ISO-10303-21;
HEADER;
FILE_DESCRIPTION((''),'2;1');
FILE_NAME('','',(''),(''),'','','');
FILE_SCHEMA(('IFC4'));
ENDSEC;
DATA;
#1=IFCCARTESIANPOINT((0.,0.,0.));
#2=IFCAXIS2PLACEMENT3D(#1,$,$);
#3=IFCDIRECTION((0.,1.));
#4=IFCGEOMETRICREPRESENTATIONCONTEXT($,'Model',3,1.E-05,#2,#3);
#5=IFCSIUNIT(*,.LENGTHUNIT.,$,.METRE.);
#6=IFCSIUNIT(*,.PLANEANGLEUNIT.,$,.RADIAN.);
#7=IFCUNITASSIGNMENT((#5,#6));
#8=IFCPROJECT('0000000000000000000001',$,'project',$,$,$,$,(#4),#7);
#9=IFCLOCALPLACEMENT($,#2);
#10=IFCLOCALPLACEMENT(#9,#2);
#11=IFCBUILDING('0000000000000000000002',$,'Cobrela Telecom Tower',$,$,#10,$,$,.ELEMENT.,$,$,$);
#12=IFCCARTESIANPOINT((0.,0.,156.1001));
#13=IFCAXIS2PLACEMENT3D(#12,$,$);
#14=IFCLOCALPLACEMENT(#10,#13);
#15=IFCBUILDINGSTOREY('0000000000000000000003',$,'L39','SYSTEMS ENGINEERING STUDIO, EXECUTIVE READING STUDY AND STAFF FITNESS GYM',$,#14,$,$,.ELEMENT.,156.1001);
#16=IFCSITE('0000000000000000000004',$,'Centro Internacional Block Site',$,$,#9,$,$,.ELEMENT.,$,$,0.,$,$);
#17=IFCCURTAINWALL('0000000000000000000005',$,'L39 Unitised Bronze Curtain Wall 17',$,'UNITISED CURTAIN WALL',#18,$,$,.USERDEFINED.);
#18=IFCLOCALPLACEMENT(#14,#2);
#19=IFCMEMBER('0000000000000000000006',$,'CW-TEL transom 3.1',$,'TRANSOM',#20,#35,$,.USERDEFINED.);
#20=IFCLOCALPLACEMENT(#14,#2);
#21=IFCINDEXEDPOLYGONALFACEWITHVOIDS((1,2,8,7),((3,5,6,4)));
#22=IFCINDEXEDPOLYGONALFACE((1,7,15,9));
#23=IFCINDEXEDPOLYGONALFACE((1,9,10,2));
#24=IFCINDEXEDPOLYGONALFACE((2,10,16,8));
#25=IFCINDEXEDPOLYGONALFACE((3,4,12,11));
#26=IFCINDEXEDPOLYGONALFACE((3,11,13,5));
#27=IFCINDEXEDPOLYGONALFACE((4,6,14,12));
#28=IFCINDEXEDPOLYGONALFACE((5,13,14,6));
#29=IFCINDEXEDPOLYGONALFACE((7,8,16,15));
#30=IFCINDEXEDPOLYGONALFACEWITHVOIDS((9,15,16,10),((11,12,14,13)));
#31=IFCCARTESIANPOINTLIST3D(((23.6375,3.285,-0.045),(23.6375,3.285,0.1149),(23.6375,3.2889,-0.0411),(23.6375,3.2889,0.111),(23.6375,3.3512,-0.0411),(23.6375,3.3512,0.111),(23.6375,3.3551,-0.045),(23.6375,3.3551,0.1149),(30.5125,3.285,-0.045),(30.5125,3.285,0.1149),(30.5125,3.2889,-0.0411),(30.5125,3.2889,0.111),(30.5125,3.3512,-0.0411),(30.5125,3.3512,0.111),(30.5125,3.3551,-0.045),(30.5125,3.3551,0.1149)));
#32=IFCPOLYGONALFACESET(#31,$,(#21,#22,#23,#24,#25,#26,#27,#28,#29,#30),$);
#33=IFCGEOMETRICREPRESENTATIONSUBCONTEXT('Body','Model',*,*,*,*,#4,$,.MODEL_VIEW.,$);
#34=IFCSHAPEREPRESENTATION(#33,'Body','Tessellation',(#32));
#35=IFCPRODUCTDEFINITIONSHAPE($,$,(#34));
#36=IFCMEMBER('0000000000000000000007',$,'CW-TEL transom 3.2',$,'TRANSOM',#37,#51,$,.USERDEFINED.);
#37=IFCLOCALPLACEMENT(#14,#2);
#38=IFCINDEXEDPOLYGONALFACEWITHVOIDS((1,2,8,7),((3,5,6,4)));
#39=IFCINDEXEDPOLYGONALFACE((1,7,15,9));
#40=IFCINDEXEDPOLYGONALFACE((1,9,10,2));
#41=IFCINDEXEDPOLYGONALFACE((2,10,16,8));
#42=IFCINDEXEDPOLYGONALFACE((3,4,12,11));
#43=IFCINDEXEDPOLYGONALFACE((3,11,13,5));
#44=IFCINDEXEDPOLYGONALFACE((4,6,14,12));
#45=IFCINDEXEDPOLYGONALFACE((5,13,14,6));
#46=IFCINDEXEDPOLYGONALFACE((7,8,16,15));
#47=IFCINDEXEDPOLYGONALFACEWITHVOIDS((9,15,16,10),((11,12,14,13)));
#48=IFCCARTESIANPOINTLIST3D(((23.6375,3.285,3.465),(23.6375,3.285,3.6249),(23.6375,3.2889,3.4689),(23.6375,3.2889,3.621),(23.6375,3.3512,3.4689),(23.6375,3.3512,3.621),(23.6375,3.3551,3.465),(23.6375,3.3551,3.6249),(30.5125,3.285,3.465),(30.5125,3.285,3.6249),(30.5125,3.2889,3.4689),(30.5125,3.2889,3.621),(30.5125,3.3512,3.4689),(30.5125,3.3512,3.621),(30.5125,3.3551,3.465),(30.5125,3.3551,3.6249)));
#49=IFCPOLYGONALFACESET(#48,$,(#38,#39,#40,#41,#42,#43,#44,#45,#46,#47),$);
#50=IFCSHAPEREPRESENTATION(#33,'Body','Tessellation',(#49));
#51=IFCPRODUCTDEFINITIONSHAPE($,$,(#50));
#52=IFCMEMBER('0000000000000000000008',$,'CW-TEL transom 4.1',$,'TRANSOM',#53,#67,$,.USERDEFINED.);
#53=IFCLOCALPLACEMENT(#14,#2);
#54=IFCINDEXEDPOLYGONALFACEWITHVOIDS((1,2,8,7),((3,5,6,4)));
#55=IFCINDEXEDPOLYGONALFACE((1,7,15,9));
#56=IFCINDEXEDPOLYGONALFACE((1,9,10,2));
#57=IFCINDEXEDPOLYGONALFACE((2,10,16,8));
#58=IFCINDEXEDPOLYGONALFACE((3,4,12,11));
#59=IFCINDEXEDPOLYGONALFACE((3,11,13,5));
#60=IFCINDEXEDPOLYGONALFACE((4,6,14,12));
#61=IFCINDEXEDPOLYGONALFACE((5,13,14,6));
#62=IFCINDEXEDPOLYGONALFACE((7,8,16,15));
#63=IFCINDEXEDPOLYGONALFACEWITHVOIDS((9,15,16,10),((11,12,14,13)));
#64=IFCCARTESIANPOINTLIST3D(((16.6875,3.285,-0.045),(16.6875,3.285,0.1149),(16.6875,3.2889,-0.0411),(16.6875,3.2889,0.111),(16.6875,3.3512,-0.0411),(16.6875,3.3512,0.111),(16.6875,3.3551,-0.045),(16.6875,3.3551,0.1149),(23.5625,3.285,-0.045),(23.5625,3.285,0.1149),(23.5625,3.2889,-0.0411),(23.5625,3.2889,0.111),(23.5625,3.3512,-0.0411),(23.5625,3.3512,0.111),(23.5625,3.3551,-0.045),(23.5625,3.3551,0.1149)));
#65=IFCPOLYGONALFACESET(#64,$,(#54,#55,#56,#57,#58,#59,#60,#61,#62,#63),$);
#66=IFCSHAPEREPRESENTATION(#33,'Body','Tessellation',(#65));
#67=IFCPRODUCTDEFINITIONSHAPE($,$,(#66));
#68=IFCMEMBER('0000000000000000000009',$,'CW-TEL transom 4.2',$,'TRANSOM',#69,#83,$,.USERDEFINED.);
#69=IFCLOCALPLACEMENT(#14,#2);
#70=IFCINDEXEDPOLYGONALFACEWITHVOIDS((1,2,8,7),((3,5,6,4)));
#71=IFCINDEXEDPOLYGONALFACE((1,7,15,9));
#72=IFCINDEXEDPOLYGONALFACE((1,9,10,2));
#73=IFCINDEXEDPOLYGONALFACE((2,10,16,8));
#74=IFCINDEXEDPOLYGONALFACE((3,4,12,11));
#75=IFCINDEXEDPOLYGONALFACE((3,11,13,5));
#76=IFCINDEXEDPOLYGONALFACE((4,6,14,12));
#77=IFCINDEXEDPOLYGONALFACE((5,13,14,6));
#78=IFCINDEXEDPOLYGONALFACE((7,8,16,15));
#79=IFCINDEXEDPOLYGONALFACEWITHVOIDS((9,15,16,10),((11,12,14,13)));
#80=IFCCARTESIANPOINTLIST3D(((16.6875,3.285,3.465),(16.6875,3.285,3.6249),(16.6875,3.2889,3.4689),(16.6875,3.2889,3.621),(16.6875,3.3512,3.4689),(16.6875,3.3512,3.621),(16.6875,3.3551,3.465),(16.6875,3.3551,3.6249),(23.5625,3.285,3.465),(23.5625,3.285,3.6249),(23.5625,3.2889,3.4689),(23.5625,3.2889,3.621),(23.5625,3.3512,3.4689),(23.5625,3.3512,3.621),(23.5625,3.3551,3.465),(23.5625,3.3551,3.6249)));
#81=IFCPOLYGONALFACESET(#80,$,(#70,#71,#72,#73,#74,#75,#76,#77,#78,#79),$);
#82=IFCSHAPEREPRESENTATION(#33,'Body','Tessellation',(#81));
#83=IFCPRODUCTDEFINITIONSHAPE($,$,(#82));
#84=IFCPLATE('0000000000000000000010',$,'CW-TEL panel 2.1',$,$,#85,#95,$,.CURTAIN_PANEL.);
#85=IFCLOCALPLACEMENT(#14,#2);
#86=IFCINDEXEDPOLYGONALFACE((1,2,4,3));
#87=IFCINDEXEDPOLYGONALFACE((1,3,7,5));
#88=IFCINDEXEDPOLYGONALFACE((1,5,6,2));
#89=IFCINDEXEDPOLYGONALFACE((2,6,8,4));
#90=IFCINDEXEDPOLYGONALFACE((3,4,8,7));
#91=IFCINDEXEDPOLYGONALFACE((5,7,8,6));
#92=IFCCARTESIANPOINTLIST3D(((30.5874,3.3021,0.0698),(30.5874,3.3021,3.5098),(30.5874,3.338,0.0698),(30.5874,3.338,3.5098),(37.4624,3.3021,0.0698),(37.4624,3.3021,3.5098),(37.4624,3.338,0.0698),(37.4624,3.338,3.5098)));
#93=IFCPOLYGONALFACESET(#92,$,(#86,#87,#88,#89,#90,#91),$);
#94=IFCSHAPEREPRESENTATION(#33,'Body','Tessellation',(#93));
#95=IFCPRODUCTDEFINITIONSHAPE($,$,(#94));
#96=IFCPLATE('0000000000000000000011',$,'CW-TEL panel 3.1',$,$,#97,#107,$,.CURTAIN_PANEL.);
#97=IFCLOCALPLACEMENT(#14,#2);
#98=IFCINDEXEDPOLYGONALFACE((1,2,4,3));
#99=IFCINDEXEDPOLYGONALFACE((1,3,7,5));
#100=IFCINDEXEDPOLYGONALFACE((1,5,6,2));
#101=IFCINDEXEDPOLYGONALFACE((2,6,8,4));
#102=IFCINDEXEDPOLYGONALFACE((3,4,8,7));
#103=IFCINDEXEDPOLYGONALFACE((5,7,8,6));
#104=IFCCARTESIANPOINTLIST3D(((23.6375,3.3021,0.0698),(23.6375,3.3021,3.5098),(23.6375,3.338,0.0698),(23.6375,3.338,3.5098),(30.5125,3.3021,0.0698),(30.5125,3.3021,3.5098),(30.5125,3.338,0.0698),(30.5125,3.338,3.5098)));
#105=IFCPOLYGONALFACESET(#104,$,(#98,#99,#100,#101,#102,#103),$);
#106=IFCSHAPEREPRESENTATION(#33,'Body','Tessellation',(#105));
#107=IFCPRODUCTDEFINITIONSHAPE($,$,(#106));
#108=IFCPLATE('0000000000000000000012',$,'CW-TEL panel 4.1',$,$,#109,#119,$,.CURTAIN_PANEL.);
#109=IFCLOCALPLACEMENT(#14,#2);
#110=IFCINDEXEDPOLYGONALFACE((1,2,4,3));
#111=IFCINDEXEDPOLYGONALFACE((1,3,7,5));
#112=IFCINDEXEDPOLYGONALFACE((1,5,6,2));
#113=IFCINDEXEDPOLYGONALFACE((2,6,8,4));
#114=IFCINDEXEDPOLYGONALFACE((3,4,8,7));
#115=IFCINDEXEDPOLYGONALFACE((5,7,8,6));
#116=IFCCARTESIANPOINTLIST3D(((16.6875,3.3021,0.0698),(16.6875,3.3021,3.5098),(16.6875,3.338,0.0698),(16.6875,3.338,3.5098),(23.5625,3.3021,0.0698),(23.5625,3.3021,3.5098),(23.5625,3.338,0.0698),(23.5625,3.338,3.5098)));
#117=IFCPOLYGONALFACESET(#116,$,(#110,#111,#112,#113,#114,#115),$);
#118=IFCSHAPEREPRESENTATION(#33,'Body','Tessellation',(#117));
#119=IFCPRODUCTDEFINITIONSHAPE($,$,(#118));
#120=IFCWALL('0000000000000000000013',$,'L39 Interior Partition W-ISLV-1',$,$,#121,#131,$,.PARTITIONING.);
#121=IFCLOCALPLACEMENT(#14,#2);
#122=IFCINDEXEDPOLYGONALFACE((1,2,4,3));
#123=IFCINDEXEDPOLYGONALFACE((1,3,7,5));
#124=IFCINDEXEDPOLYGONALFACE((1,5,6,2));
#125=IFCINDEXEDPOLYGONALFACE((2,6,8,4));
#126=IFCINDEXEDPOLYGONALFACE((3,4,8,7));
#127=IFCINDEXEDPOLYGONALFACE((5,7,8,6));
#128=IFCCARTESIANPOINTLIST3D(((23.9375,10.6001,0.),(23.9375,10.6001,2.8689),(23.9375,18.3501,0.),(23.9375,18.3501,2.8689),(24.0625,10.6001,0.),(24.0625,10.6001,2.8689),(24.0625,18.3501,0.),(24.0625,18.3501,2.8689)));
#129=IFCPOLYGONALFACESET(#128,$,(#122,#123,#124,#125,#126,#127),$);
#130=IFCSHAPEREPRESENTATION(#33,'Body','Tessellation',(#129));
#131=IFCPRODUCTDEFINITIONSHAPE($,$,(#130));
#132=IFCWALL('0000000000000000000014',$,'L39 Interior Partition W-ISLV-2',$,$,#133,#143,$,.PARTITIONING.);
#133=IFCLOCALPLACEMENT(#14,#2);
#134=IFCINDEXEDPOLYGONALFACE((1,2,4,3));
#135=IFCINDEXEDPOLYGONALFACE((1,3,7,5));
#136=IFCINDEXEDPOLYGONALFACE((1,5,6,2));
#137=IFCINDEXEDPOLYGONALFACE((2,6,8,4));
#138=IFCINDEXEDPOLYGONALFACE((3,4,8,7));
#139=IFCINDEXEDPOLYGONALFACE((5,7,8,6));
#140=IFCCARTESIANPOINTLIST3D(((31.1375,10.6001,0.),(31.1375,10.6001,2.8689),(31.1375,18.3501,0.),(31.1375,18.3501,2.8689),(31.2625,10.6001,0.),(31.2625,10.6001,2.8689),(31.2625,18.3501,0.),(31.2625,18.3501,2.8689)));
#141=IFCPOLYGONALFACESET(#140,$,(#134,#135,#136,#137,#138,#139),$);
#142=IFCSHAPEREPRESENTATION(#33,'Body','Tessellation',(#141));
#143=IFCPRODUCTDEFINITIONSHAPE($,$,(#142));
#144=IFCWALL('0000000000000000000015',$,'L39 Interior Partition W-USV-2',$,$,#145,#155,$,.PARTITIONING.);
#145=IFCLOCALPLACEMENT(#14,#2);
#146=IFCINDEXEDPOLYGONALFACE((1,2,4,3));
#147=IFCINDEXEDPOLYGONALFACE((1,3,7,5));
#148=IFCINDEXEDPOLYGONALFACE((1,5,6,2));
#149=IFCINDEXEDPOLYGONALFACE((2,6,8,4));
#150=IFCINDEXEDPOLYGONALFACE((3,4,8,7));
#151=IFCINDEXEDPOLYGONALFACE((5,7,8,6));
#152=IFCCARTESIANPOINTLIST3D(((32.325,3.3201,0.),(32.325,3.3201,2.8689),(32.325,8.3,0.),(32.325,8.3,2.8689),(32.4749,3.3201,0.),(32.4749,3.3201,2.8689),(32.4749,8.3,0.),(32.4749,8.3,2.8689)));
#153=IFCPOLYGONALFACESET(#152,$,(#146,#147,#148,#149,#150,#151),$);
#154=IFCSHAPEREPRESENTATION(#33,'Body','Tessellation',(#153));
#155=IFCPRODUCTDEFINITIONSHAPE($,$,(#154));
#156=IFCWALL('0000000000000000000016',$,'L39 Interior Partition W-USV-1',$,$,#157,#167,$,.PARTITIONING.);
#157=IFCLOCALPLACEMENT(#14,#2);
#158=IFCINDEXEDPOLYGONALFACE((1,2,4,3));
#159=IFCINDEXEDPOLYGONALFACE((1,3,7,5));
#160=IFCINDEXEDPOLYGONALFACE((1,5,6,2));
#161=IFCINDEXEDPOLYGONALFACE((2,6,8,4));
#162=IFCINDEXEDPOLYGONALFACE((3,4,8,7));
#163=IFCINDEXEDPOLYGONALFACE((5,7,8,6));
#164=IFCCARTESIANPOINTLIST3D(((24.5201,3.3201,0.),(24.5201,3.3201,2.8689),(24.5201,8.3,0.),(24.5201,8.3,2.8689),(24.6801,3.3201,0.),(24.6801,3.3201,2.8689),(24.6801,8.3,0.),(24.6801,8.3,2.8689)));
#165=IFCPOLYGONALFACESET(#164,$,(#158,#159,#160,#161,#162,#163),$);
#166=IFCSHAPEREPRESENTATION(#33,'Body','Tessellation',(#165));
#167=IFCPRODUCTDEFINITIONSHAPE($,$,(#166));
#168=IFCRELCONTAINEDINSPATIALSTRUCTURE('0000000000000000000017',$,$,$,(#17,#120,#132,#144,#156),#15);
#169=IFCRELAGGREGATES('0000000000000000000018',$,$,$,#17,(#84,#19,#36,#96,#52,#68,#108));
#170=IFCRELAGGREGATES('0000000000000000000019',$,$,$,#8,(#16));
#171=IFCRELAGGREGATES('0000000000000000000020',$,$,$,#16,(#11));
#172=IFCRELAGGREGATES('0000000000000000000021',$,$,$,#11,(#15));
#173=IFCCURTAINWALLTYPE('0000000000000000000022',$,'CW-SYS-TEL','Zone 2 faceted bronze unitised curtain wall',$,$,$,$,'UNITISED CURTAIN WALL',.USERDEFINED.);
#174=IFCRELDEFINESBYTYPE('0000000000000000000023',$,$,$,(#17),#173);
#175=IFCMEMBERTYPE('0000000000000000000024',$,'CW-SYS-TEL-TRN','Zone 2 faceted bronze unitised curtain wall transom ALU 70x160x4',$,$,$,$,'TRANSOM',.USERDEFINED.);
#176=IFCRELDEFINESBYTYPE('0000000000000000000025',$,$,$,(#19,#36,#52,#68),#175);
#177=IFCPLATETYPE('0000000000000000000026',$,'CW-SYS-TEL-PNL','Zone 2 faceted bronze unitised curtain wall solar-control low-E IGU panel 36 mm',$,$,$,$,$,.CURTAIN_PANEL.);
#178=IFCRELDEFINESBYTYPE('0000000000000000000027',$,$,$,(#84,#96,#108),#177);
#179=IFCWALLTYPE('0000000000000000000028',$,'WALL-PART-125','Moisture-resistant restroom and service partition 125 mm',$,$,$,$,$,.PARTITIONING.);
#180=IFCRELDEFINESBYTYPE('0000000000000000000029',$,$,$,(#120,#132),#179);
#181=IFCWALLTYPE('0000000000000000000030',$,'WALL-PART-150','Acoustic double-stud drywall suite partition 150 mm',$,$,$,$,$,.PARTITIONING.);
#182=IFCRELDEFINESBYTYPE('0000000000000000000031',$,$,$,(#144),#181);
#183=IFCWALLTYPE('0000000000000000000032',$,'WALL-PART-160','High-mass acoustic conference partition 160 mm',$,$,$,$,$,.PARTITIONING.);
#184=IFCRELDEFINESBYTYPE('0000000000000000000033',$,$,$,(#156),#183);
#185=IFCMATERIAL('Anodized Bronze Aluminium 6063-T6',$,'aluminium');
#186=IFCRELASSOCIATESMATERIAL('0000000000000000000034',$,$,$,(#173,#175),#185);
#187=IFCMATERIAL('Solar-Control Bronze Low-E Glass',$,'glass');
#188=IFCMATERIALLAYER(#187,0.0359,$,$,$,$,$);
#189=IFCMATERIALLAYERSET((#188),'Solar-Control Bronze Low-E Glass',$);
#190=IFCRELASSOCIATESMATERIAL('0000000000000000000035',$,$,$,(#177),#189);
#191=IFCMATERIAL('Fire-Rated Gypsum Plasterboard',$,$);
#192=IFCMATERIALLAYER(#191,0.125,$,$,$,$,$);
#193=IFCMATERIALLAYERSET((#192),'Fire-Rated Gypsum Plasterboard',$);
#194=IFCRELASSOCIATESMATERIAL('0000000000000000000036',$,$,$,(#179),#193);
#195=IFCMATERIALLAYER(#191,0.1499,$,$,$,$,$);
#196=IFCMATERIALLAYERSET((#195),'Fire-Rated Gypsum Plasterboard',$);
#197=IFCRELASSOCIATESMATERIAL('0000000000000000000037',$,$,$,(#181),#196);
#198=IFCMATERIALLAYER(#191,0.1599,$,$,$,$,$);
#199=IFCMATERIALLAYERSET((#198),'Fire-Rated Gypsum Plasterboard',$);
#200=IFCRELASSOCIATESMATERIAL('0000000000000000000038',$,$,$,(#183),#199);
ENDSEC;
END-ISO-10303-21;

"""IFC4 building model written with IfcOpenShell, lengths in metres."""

from ifc_helpers import new_model, si_unit, direction, frame, frame_2d, origin, origin_2d, place, context, subcontext, project, spatial, rectangle, hollow_rectangle, extrude, material, layer, layer_set, material_profile, profile_set, type_object, element, aggregate, save


model = new_model("IFC4")

# Units and contexts
model_context = context("Model", 3, precision=1e-05, world=origin(), true_north=direction((0.0, 1.0)))
body_context = subcontext(model_context, "Body", "Model", "MODEL_VIEW")
ifc_project = project(units=[si_unit("LENGTHUNIT", "METRE"), si_unit("PLANEANGLEUNIT", "RADIAN")], contexts=[model_context])

# Site, building, storey
site_placement = place(None, origin())
site = spatial("IfcSite", under=ifc_project, at=site_placement, Name="Centro Internacional Block Site", CompositionType="ELEMENT", RefElevation=0.0)
building_placement = place(site_placement, origin())
building = spatial("IfcBuilding", under=site, at=building_placement, Name="Cobrela Telecom Tower", CompositionType="ELEMENT")
storey_placement = place(building_placement, frame((0.0, 0.0, 156.1001)))
storey = spatial("IfcBuildingStorey", under=building, at=storey_placement, Name="L39", Description="SYSTEMS ENGINEERING STUDIO, EXECUTIVE READING STUDY AND STAFF FITNESS GYM", CompositionType="ELEMENT", Elevation=156.1001)

# Curtain wall, members, plates
ifc_material_1 = material(Name="Anodized Bronze Aluminium 6063-T6", Category="aluminium")
curtain_wall_type = type_object("IfcCurtainWallType", Name="CW-SYS-TEL", Description="Zone 2 faceted bronze unitised curtain wall", ElementType="UNITISED CURTAIN WALL", PredefinedType="USERDEFINED", material=ifc_material_1)
curtain_wall_placement = place(storey_placement, origin())
curtain_wall = element("IfcCurtainWall", 1, at=curtain_wall_placement, inside=storey, type_object=curtain_wall_type, Name="L39 Unitised Bronze Curtain Wall 17", ObjectType="UNITISED CURTAIN WALL", PredefinedType="USERDEFINED")
ifc_material_profile_1 = material_profile(ifc_material_1, hollow_rectangle(XDim=0.0701, YDim=0.1599, WallThickness=0.0039, at=origin_2d()), Name="ALU 70x160x4")
ifc_profile_set_1 = profile_set([ifc_material_profile_1], Name="Anodized Bronze Aluminium 6063-T6")
member_type_1 = type_object("IfcMemberType", Name="CW-SYS-TEL-TRN", Description="Zone 2 faceted bronze unitised curtain wall transom ALU 70x160x4", ElementType="TRANSOM", PredefinedType="USERDEFINED", material=ifc_profile_set_1)
member_1_placement = place(storey_placement, frame((30.5125, 3.3201, 0.0349), z_axis=(-1.0, 0.0, 0.0), x_axis=(0.0, -1.0, 0.0)))
member_1 = element("IfcMember", 2, at=member_1_placement, type_object=member_type_1, Name="CW-TEL transom 3.1", ObjectType="TRANSOM", PredefinedType="USERDEFINED", context=body_context, shape_type="SweptSolid", body=[
    extrude(hollow_rectangle(XDim=0.0701, YDim=0.1599, WallThickness=0.0039, at=origin_2d()), origin(), (0.0, 0.0, 1.0), 6.875),
])
member_2_placement = place(storey_placement, frame((30.5125, 3.3201, 3.5449), z_axis=(-1.0, 0.0, 0.0), x_axis=(0.0, -1.0, 0.0)))
member_2 = element("IfcMember", 3, at=member_2_placement, type_object=member_type_1, Name="CW-TEL transom 3.2", ObjectType="TRANSOM", PredefinedType="USERDEFINED", context=body_context, shape_type="SweptSolid", body=[
    extrude(hollow_rectangle(XDim=0.0701, YDim=0.1599, WallThickness=0.0039, at=origin_2d()), origin(), (0.0, 0.0, 1.0), 6.875),
])
member_3_placement = place(storey_placement, frame((23.5625, 3.3201, 0.0349), z_axis=(-1.0, 0.0, 0.0), x_axis=(0.0, -1.0, 0.0)))
member_3 = element("IfcMember", 4, at=member_3_placement, type_object=member_type_1, Name="CW-TEL transom 4.1", ObjectType="TRANSOM", PredefinedType="USERDEFINED", context=body_context, shape_type="SweptSolid", body=[
    extrude(hollow_rectangle(XDim=0.0701, YDim=0.1599, WallThickness=0.0039, at=origin_2d()), origin(), (0.0, 0.0, 1.0), 6.875),
])
member_4_placement = place(storey_placement, frame((23.5625, 3.3201, 3.5449), z_axis=(-1.0, 0.0, 0.0), x_axis=(0.0, -1.0, 0.0)))
member_4 = element("IfcMember", 5, at=member_4_placement, type_object=member_type_1, Name="CW-TEL transom 4.2", ObjectType="TRANSOM", PredefinedType="USERDEFINED", context=body_context, shape_type="SweptSolid", body=[
    extrude(hollow_rectangle(XDim=0.0701, YDim=0.1599, WallThickness=0.0039, at=origin_2d()), origin(), (0.0, 0.0, 1.0), 6.875),
])
ifc_material_2 = material(Name="Solar-Control Bronze Low-E Glass", Category="glass")
ifc_layer_1 = layer(ifc_material_2, 0.0359)
ifc_layer_set_1 = layer_set([ifc_layer_1], Name="Solar-Control Bronze Low-E Glass")
plate_type = type_object("IfcPlateType", Name="CW-SYS-TEL-PNL", Description="Zone 2 faceted bronze unitised curtain wall solar-control low-E IGU panel 36 mm", PredefinedType="CURTAIN_PANEL", material=ifc_layer_set_1)
plate_1_placement = place(storey_placement, frame((34.0249, 3.3201, 0.0698), z_axis=(0.0, 0.0, 1.0), x_axis=(-1.0, 0.0, 0.0)))
plate_1 = element("IfcPlate", 6, at=plate_1_placement, type_object=plate_type, Name="CW-TEL panel 2.1", PredefinedType="CURTAIN_PANEL", context=body_context, shape_type="SweptSolid", body=[
    extrude(rectangle(XDim=6.875, YDim=0.0359, at=origin_2d()), origin(), (0.0, 0.0, 1.0), 3.4399),
])
plate_2_placement = place(storey_placement, frame((27.075, 3.3201, 0.0698), z_axis=(0.0, 0.0, 1.0), x_axis=(-1.0, 0.0, 0.0)))
plate_2 = element("IfcPlate", 7, at=plate_2_placement, type_object=plate_type, Name="CW-TEL panel 3.1", PredefinedType="CURTAIN_PANEL", context=body_context, shape_type="SweptSolid", body=[
    extrude(rectangle(XDim=6.875, YDim=0.0359, at=origin_2d()), origin(), (0.0, 0.0, 1.0), 3.4399),
])
plate_3_placement = place(storey_placement, frame((20.125, 3.3201, 0.0698), z_axis=(0.0, 0.0, 1.0), x_axis=(-1.0, 0.0, 0.0)))
plate_3 = element("IfcPlate", 8, at=plate_3_placement, type_object=plate_type, Name="CW-TEL panel 4.1", PredefinedType="CURTAIN_PANEL", context=body_context, shape_type="SweptSolid", body=[
    extrude(rectangle(XDim=6.875, YDim=0.0359, at=origin_2d()), origin(), (0.0, 0.0, 1.0), 3.4399),
])
aggregate(curtain_wall, [plate_1, member_1, member_2, plate_2, member_3, member_4, plate_3])

# Walls
ifc_material_3 = material(Name="Fire-Rated Gypsum Plasterboard")
ifc_layer_2 = layer(ifc_material_3, 0.125)
ifc_layer_set_2 = layer_set([ifc_layer_2], Name="Fire-Rated Gypsum Plasterboard")
wall_type_1 = type_object("IfcWallType", Name="WALL-PART-125", Description="Moisture-resistant restroom and service partition 125 mm", PredefinedType="PARTITIONING", material=ifc_layer_set_2)
for number, where, z_axis, x_axis, name in (
    (9, (24.0, 10.6001, 0.0), (0.0, 0.0, 1.0), (0.0, 1.0, 0.0), "L39 Interior Partition W-ISLV-1"),
    (10, (31.2, 10.6001, 0.0), (0.0, 0.0, 1.0), (0.0, 1.0, 0.0), "L39 Interior Partition W-ISLV-2"),
):
    element("IfcWall", number, at=place(storey_placement, frame(where, z_axis=z_axis, x_axis=x_axis)), inside=storey, type_object=wall_type_1, Name=name, PredefinedType="PARTITIONING", context=body_context, shape_type="SweptSolid", body=[
        extrude(rectangle(XDim=7.75, YDim=0.125, at=frame_2d((3.875, 0.0))), origin(), (0.0, 0.0, 1.0), 2.8689),
    ])
ifc_layer_3 = layer(ifc_material_3, 0.1499)
ifc_layer_set_3 = layer_set([ifc_layer_3], Name="Fire-Rated Gypsum Plasterboard")
wall_type_2 = type_object("IfcWallType", Name="WALL-PART-150", Description="Acoustic double-stud drywall suite partition 150 mm", PredefinedType="PARTITIONING", material=ifc_layer_set_3)
wall_1_placement = place(storey_placement, frame((32.3999, 3.3201, 0.0), z_axis=(0.0, 0.0, 1.0), x_axis=(0.0, 1.0, 0.0)))
element("IfcWall", 11, at=wall_1_placement, inside=storey, type_object=wall_type_2, Name="L39 Interior Partition W-USV-2", PredefinedType="PARTITIONING", context=body_context, shape_type="SweptSolid", body=[
    extrude(rectangle(XDim=4.98, YDim=0.1499, at=frame_2d((2.49, 0.0))), origin(), (0.0, 0.0, 1.0), 2.8689),
])
ifc_layer_4 = layer(ifc_material_3, 0.1599)
ifc_layer_set_4 = layer_set([ifc_layer_4], Name="Fire-Rated Gypsum Plasterboard")
wall_type_3 = type_object("IfcWallType", Name="WALL-PART-160", Description="High-mass acoustic conference partition 160 mm", PredefinedType="PARTITIONING", material=ifc_layer_set_4)
wall_2_placement = place(storey_placement, frame((24.6001, 3.3201, 0.0), z_axis=(0.0, 0.0, 1.0), x_axis=(0.0, 1.0, 0.0)))
element("IfcWall", 12, at=wall_2_placement, inside=storey, type_object=wall_type_3, Name="L39 Interior Partition W-USV-1", PredefinedType="PARTITIONING", context=body_context, shape_type="SweptSolid", body=[
    extrude(rectangle(XDim=4.98, YDim=0.1599, at=frame_2d((2.49, 0.0))), origin(), (0.0, 0.0, 1.0), 2.8689),
])

save(model, "model.ifc")
